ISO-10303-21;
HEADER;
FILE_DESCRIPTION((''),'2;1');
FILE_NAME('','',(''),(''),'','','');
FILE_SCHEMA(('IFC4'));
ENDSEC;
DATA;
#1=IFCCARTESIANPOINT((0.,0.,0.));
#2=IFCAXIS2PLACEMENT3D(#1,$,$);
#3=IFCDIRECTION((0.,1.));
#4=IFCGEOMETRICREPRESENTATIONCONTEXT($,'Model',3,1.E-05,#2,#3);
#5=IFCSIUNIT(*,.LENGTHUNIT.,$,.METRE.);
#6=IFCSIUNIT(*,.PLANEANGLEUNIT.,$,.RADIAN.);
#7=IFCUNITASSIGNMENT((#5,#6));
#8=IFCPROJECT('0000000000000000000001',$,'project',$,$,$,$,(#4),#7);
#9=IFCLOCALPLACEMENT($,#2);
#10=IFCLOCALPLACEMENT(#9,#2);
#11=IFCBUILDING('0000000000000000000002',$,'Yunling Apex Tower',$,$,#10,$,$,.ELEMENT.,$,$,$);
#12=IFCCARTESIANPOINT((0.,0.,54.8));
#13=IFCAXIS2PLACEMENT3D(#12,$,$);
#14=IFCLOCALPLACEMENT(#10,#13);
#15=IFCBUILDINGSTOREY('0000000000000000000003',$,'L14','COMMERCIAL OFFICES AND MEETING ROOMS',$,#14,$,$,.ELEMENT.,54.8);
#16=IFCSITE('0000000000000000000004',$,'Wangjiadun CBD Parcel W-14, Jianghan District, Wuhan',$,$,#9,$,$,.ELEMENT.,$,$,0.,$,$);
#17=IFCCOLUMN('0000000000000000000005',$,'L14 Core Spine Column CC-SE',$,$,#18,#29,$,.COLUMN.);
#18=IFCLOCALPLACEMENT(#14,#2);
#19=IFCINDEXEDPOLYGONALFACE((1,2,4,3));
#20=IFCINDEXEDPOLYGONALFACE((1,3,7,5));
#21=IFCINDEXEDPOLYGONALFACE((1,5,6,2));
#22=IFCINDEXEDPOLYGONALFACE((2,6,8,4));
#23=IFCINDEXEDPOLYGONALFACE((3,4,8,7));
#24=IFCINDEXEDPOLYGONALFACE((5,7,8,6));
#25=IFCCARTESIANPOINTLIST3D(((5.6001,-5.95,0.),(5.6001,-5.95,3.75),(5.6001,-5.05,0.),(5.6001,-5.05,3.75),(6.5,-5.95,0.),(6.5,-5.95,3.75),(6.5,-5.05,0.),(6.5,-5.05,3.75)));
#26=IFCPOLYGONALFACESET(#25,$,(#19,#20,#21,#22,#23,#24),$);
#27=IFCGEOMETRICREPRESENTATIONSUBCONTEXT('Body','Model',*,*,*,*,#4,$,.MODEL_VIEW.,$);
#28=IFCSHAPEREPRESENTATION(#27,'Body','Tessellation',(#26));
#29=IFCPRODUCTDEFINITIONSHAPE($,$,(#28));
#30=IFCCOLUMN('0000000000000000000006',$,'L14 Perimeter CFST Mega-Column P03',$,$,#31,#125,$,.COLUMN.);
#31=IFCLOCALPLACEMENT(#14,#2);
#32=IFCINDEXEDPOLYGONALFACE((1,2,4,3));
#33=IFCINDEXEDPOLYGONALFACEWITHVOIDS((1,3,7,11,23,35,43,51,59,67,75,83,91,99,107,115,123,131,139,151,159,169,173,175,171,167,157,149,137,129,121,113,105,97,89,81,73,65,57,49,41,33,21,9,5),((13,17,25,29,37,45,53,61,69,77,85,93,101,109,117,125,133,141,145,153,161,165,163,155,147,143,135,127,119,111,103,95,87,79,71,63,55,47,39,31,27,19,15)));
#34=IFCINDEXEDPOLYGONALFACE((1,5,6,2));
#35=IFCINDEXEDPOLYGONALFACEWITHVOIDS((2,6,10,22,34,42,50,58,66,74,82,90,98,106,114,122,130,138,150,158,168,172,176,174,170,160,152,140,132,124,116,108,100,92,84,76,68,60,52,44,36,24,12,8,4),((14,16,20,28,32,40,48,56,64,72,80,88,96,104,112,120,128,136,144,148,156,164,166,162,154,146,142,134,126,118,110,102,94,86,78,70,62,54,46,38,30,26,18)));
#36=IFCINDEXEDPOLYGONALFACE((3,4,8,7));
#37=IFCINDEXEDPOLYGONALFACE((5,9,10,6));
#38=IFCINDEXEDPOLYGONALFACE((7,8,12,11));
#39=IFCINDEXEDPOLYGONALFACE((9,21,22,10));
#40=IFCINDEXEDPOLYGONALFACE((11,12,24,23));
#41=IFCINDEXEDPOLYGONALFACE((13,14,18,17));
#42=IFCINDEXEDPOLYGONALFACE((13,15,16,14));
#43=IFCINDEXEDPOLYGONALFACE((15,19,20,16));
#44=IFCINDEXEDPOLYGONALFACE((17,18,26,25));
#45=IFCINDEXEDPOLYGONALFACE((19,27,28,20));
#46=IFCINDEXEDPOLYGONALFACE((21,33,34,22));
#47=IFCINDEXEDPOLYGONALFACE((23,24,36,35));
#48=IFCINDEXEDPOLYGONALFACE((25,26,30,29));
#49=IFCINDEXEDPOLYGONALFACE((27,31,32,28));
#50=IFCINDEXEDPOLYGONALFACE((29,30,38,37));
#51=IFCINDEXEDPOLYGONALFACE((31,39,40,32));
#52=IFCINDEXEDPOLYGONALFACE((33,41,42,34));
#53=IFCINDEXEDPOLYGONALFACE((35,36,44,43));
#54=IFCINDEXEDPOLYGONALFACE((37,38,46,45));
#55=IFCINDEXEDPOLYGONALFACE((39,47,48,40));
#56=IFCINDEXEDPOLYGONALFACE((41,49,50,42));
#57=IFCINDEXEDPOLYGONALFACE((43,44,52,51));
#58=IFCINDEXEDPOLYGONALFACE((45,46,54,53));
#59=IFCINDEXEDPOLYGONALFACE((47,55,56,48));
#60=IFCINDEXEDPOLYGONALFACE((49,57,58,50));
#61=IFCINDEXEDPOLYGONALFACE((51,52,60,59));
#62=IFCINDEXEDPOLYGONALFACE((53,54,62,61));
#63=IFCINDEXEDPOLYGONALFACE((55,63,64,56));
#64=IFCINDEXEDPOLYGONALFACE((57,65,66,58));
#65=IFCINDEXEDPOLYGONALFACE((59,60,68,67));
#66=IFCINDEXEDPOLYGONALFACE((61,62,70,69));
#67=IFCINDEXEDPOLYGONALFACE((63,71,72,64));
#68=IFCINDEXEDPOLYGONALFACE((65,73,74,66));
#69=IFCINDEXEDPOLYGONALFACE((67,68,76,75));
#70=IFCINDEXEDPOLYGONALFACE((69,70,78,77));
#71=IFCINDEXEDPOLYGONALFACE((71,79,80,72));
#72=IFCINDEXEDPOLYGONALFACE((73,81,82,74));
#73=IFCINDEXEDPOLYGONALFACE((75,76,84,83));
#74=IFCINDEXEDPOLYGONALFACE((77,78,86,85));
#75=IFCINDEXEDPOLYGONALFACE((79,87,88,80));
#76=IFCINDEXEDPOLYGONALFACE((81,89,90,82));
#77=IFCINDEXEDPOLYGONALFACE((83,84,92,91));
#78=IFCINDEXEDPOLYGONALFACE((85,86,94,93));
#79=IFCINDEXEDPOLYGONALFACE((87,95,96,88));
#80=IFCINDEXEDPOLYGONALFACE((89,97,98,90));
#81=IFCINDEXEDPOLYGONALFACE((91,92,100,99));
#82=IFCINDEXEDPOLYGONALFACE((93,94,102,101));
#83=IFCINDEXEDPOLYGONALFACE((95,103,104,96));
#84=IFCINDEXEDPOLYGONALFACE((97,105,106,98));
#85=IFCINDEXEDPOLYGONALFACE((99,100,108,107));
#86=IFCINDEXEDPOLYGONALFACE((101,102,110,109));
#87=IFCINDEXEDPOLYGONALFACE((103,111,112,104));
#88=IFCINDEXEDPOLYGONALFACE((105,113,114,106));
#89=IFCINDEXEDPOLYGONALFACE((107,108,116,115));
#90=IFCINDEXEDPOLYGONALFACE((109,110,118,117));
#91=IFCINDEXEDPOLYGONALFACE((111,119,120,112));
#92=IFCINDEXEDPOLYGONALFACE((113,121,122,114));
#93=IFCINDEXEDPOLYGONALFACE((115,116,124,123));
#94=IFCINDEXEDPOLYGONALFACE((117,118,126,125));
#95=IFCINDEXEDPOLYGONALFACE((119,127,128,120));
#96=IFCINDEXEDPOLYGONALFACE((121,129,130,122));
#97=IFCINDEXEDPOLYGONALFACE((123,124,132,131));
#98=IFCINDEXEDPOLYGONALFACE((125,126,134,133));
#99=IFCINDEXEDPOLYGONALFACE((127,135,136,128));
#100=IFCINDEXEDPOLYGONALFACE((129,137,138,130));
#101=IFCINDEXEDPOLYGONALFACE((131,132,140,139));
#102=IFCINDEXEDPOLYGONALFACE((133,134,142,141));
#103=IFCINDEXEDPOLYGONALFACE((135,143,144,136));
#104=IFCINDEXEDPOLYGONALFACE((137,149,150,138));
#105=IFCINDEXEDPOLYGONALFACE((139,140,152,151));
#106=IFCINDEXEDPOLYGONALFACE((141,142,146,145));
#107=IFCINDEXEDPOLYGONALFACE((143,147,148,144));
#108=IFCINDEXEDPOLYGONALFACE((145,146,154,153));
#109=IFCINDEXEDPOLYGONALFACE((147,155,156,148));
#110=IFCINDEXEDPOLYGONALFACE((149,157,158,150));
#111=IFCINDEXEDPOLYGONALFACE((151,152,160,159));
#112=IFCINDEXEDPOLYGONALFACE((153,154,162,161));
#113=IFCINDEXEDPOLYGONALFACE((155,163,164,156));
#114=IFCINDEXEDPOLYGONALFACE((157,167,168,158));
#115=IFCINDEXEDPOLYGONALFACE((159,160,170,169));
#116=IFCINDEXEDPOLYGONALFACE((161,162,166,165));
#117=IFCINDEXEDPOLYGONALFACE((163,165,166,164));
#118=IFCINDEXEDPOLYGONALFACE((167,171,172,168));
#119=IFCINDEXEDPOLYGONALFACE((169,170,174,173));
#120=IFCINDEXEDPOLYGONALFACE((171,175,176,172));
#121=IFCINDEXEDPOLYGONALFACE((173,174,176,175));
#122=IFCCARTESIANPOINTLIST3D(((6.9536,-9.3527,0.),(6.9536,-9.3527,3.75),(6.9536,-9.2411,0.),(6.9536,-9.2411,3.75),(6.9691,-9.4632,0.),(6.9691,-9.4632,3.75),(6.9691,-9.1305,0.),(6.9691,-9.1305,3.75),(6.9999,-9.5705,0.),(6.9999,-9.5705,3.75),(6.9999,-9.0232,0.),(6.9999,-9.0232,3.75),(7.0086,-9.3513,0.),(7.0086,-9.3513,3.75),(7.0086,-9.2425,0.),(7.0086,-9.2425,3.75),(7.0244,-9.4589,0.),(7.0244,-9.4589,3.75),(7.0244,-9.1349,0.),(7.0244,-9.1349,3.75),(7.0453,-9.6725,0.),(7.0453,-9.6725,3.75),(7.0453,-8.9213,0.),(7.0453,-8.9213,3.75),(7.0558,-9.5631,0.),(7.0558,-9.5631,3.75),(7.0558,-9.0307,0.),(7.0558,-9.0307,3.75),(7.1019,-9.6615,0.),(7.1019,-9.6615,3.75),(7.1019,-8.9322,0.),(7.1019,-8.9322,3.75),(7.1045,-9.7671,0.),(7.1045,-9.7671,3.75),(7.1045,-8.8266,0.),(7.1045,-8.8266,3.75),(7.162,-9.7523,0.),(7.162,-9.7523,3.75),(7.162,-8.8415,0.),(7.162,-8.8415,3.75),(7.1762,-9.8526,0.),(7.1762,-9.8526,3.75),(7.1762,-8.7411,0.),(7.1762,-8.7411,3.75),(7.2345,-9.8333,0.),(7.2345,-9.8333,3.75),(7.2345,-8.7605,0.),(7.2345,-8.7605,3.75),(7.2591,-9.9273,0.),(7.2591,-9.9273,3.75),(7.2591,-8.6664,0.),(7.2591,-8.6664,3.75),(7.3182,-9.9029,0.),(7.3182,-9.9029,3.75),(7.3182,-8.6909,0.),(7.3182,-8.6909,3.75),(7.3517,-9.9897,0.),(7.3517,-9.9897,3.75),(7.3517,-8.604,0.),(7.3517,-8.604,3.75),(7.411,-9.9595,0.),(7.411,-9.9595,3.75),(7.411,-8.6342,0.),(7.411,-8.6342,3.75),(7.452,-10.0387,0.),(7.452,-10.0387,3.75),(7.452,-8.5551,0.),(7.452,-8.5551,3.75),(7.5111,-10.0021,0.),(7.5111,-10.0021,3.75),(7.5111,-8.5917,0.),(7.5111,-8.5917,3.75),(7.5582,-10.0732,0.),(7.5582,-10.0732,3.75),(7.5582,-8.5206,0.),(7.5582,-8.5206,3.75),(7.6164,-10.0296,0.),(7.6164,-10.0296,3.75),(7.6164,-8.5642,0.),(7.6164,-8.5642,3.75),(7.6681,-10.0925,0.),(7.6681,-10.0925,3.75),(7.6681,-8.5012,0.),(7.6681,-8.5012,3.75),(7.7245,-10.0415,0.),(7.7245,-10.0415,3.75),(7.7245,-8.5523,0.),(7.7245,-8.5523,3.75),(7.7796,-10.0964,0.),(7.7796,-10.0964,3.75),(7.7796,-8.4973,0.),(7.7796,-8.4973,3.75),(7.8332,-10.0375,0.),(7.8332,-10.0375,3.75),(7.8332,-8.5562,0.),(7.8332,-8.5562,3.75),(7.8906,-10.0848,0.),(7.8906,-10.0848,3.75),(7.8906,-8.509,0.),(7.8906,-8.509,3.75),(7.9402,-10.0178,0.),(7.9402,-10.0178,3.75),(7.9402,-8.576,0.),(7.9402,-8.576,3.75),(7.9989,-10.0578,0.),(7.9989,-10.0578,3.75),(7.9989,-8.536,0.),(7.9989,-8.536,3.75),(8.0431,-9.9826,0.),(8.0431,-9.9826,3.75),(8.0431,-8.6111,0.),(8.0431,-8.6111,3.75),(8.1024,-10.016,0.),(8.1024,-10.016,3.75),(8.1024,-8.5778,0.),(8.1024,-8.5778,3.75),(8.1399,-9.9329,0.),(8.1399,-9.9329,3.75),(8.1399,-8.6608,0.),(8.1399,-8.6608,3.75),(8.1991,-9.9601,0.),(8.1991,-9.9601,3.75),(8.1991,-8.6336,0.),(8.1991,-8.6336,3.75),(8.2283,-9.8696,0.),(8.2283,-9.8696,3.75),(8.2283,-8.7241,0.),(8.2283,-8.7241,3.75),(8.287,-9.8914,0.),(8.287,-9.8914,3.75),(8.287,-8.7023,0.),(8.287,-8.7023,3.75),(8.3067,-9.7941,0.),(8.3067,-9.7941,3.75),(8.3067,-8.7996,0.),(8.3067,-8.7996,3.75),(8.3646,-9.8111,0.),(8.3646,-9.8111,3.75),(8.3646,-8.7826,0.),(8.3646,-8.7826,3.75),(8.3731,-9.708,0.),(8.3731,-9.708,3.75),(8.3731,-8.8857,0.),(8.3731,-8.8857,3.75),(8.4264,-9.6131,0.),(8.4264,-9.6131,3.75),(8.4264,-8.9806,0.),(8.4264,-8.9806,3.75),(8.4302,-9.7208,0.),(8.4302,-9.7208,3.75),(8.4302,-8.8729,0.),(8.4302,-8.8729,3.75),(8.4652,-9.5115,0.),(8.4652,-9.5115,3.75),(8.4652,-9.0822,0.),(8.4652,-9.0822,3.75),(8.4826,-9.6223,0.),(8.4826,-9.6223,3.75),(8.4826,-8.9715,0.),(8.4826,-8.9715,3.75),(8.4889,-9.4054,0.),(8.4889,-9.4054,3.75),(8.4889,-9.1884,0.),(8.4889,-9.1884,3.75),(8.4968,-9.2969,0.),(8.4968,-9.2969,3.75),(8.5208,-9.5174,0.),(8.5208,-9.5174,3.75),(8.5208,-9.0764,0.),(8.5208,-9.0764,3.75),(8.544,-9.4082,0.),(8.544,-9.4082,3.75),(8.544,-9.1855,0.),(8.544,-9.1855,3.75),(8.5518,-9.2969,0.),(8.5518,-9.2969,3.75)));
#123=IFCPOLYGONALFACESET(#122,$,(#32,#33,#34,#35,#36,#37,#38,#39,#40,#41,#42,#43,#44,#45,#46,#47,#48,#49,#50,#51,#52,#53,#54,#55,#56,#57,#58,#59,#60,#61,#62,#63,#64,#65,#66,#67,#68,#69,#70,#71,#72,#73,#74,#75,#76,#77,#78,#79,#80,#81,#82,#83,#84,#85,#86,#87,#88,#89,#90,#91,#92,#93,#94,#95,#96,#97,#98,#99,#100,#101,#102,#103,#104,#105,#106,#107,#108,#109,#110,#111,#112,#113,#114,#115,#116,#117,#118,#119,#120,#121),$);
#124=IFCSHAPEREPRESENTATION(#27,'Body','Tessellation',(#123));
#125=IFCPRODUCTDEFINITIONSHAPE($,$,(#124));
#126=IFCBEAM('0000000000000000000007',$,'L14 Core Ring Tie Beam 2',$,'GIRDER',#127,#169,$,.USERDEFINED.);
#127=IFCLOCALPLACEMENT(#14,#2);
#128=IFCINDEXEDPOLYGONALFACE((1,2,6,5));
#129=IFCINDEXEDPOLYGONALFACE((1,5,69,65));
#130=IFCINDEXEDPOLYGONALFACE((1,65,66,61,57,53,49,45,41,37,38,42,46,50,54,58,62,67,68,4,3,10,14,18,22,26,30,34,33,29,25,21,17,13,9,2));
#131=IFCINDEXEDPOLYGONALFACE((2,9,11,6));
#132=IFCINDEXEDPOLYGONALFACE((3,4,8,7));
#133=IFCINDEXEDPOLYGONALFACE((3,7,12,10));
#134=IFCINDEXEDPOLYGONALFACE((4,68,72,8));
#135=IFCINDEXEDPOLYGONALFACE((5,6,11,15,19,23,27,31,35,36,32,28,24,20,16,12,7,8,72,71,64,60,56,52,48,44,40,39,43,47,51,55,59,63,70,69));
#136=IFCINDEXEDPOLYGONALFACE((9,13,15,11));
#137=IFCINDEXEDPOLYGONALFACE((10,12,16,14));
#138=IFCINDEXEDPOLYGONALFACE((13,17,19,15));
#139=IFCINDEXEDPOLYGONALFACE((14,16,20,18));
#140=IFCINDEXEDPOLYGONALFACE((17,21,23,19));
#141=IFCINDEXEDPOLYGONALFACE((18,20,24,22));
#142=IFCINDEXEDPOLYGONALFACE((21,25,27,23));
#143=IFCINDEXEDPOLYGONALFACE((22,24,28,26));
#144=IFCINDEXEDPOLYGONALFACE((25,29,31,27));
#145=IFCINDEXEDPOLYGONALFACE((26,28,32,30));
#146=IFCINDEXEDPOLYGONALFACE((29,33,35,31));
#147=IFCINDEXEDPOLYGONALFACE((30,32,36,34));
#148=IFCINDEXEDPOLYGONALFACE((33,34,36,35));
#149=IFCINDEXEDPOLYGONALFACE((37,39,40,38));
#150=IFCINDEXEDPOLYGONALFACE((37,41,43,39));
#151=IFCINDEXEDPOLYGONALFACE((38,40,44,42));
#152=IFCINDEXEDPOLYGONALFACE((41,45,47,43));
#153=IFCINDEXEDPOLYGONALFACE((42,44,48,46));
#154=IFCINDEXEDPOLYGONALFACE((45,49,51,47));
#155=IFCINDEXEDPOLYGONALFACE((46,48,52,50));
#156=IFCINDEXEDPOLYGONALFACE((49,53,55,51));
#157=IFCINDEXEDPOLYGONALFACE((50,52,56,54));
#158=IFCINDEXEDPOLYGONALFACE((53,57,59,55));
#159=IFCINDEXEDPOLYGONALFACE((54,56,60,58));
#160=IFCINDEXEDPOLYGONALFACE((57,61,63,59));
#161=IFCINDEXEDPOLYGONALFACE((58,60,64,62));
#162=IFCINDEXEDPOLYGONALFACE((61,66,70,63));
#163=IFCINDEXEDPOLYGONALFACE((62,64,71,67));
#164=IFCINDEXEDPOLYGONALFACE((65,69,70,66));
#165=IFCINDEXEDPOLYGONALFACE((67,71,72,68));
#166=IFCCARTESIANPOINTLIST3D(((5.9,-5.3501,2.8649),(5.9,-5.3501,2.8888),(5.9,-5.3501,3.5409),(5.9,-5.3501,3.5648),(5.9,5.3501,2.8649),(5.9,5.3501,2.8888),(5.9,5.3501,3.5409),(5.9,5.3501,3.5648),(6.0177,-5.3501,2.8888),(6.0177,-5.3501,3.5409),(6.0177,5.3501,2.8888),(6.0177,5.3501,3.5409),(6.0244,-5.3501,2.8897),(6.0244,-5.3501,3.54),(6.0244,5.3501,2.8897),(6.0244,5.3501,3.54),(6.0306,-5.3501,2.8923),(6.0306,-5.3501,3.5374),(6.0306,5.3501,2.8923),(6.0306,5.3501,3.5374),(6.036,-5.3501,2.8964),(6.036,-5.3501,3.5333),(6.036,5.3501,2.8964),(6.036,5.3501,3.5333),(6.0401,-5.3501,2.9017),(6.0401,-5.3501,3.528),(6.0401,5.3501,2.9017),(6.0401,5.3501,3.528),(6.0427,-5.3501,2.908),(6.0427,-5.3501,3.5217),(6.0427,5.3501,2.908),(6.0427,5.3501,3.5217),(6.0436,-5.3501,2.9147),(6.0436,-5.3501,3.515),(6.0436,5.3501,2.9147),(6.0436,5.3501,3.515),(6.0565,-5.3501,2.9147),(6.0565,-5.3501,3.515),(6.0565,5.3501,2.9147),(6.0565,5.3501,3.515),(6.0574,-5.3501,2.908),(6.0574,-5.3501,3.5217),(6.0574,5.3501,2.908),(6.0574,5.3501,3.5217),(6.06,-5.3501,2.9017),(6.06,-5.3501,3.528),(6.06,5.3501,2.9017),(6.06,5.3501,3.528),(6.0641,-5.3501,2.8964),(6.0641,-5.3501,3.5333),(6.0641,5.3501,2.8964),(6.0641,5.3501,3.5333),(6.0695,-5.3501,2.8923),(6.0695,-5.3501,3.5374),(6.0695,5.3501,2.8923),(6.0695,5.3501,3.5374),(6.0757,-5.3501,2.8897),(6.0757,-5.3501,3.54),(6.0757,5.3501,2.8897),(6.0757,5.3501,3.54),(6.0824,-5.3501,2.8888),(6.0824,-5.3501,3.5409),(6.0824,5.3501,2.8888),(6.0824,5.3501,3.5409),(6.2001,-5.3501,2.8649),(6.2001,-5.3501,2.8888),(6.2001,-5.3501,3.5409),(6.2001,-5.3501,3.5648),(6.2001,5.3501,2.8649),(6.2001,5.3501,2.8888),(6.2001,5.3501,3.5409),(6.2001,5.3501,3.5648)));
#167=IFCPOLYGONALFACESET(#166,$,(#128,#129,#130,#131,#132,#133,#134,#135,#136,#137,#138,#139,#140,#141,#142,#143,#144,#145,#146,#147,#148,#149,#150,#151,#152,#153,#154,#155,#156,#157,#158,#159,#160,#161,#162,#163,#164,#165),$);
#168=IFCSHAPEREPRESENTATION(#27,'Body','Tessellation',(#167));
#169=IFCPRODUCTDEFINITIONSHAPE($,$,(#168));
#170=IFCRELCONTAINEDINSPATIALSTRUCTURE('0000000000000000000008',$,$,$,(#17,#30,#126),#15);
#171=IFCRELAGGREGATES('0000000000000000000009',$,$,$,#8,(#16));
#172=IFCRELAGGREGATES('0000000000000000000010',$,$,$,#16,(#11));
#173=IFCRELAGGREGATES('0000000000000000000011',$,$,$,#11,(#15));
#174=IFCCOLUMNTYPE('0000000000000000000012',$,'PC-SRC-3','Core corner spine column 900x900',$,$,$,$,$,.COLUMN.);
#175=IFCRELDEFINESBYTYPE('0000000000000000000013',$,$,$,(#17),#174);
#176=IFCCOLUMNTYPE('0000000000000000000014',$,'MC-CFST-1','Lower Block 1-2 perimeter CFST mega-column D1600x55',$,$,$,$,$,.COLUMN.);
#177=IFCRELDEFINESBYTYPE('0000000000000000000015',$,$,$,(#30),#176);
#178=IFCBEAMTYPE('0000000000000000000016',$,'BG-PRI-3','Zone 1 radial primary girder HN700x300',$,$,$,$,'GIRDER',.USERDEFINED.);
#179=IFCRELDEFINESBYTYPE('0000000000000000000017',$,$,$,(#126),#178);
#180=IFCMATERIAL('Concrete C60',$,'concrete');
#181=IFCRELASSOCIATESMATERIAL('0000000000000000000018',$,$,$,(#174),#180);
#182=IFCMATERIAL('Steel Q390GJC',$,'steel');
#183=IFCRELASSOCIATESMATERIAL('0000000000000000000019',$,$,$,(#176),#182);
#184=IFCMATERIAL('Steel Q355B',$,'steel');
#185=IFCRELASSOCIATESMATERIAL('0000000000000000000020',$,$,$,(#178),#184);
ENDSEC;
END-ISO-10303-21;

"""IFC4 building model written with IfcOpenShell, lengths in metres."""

from ifc_helpers import new_model, si_unit, direction, frame, origin, origin_2d, place, context, subcontext, project, spatial, rectangle, hollow_circle, i_section, extrude, source, transform, mapped, material, material_profile, profile_set, type_object, element, save


model = new_model("IFC4")

# Units and contexts
model_context = context("Model", 3, precision=1e-05, world=origin(), true_north=direction((0.0, 1.0)))
body_context = subcontext(model_context, "Body", "Model", "MODEL_VIEW")
ifc_project = project(units=[si_unit("LENGTHUNIT", "METRE"), si_unit("PLANEANGLEUNIT", "RADIAN")], contexts=[model_context])

# Site, building, storey
site_placement = place(None, origin())
site = spatial("IfcSite", under=ifc_project, at=site_placement, Name="Wangjiadun CBD Parcel W-14, Jianghan District, Wuhan", CompositionType="ELEMENT", RefElevation=0.0)
building_placement = place(site_placement, origin())
building = spatial("IfcBuilding", under=site, at=building_placement, Name="Yunling Apex Tower", CompositionType="ELEMENT")
storey_placement = place(building_placement, frame((0.0, 0.0, 54.8)))
storey = spatial("IfcBuildingStorey", under=building, at=storey_placement, Name="L14", Description="COMMERCIAL OFFICES AND MEETING ROOMS", CompositionType="ELEMENT", Elevation=54.8)

# Columns
ifc_material_1 = material(Name="Concrete C60", Category="concrete")
ifc_material_profile_1 = material_profile(ifc_material_1, rectangle(XDim=0.8999, YDim=0.8999, at=origin_2d()))
ifc_profile_set_1 = profile_set([ifc_material_profile_1], Name="Concrete C60")
column_type_1 = type_object("IfcColumnType", Name="PC-SRC-3", Description="Core corner spine column 900x900", PredefinedType="COLUMN", material=ifc_profile_set_1)
shared_shape_1 = source(origin(), body_context, "Body", "SweptSolid", [
    extrude(rectangle(XDim=0.8999, YDim=0.8999, at=origin_2d()), origin(), (0.0, 0.0, 1.0), 3.75),
])
column_1_placement = place(storey_placement, frame((6.05, -5.5, 0.0), z_axis=(0.0, 0.0, 1.0), x_axis=(1.0, 0.0, 0.0)))
element("IfcColumn", 1, at=column_1_placement, inside=storey, type_object=column_type_1, Name="L14 Core Spine Column CC-SE", PredefinedType="COLUMN", context=body_context, shape_type="MappedRepresentation", body=[
    mapped(shared_shape_1, transform((0.0, 0.0, 0.0), scale=1.0)),
])
ifc_material_2 = material(Name="Steel Q390GJC", Category="steel")
ifc_material_profile_2 = material_profile(ifc_material_2, hollow_circle(Radius=0.8, WallThickness=0.0549, at=origin_2d()))
ifc_profile_set_2 = profile_set([ifc_material_profile_2], Name="Steel Q390GJC")
column_type_2 = type_object("IfcColumnType", Name="MC-CFST-1", Description="Lower Block 1-2 perimeter CFST mega-column D1600x55", PredefinedType="COLUMN", material=ifc_profile_set_2)
shared_shape_2 = source(origin(), body_context, "Body", "SweptSolid", [
    extrude(hollow_circle(Radius=0.8, WallThickness=0.0549, at=origin_2d()), origin(), (0.0, 0.0, 1.0), 3.75),
])
column_2_placement = place(storey_placement, frame((7.7517, -9.2969, 0.0), z_axis=(0.0, 0.0, 1.0), x_axis=(1.0, 0.0, 0.0)))
element("IfcColumn", 2, at=column_2_placement, inside=storey, type_object=column_type_2, Name="L14 Perimeter CFST Mega-Column P03", PredefinedType="COLUMN", context=body_context, shape_type="MappedRepresentation", body=[
    mapped(shared_shape_2, transform((0.0, 0.0, 0.0), scale=1.0)),
])

# Beam
ifc_material_3 = material(Name="Steel Q355B", Category="steel")
ifc_material_profile_3 = material_profile(ifc_material_3, i_section(OverallWidth=0.3, OverallDepth=0.7, WebThickness=0.0129, FlangeThickness=0.0239, FilletRadius=0.0259, at=origin_2d()))
ifc_profile_set_3 = profile_set([ifc_material_profile_3], Name="Steel Q355B")
beam_type = type_object("IfcBeamType", Name="BG-PRI-3", Description="Zone 1 radial primary girder HN700x300", ElementType="GIRDER", PredefinedType="USERDEFINED", material=ifc_profile_set_3)
shared_shape_3 = source(origin(), body_context, "Body", "SweptSolid", [
    extrude(i_section(OverallWidth=0.3, OverallDepth=0.7, WebThickness=0.0129, FlangeThickness=0.0239, FilletRadius=0.0259, at=origin_2d()), origin(), (0.0, 0.0, 1.0), 10.7002),
])
beam_1_placement = place(storey_placement, frame((6.05, -5.3501, 3.2148), z_axis=(0.0, 1.0, 0.0), x_axis=(-1.0, 0.0, 0.0)))
element("IfcBeam", 3, at=beam_1_placement, inside=storey, type_object=beam_type, Name="L14 Core Ring Tie Beam 2", ObjectType="GIRDER", PredefinedType="USERDEFINED", context=body_context, shape_type="MappedRepresentation", body=[
    mapped(shared_shape_3, transform((0.0, 0.0, 0.0), scale=1.0)),
])

save(model, "model.ifc")
